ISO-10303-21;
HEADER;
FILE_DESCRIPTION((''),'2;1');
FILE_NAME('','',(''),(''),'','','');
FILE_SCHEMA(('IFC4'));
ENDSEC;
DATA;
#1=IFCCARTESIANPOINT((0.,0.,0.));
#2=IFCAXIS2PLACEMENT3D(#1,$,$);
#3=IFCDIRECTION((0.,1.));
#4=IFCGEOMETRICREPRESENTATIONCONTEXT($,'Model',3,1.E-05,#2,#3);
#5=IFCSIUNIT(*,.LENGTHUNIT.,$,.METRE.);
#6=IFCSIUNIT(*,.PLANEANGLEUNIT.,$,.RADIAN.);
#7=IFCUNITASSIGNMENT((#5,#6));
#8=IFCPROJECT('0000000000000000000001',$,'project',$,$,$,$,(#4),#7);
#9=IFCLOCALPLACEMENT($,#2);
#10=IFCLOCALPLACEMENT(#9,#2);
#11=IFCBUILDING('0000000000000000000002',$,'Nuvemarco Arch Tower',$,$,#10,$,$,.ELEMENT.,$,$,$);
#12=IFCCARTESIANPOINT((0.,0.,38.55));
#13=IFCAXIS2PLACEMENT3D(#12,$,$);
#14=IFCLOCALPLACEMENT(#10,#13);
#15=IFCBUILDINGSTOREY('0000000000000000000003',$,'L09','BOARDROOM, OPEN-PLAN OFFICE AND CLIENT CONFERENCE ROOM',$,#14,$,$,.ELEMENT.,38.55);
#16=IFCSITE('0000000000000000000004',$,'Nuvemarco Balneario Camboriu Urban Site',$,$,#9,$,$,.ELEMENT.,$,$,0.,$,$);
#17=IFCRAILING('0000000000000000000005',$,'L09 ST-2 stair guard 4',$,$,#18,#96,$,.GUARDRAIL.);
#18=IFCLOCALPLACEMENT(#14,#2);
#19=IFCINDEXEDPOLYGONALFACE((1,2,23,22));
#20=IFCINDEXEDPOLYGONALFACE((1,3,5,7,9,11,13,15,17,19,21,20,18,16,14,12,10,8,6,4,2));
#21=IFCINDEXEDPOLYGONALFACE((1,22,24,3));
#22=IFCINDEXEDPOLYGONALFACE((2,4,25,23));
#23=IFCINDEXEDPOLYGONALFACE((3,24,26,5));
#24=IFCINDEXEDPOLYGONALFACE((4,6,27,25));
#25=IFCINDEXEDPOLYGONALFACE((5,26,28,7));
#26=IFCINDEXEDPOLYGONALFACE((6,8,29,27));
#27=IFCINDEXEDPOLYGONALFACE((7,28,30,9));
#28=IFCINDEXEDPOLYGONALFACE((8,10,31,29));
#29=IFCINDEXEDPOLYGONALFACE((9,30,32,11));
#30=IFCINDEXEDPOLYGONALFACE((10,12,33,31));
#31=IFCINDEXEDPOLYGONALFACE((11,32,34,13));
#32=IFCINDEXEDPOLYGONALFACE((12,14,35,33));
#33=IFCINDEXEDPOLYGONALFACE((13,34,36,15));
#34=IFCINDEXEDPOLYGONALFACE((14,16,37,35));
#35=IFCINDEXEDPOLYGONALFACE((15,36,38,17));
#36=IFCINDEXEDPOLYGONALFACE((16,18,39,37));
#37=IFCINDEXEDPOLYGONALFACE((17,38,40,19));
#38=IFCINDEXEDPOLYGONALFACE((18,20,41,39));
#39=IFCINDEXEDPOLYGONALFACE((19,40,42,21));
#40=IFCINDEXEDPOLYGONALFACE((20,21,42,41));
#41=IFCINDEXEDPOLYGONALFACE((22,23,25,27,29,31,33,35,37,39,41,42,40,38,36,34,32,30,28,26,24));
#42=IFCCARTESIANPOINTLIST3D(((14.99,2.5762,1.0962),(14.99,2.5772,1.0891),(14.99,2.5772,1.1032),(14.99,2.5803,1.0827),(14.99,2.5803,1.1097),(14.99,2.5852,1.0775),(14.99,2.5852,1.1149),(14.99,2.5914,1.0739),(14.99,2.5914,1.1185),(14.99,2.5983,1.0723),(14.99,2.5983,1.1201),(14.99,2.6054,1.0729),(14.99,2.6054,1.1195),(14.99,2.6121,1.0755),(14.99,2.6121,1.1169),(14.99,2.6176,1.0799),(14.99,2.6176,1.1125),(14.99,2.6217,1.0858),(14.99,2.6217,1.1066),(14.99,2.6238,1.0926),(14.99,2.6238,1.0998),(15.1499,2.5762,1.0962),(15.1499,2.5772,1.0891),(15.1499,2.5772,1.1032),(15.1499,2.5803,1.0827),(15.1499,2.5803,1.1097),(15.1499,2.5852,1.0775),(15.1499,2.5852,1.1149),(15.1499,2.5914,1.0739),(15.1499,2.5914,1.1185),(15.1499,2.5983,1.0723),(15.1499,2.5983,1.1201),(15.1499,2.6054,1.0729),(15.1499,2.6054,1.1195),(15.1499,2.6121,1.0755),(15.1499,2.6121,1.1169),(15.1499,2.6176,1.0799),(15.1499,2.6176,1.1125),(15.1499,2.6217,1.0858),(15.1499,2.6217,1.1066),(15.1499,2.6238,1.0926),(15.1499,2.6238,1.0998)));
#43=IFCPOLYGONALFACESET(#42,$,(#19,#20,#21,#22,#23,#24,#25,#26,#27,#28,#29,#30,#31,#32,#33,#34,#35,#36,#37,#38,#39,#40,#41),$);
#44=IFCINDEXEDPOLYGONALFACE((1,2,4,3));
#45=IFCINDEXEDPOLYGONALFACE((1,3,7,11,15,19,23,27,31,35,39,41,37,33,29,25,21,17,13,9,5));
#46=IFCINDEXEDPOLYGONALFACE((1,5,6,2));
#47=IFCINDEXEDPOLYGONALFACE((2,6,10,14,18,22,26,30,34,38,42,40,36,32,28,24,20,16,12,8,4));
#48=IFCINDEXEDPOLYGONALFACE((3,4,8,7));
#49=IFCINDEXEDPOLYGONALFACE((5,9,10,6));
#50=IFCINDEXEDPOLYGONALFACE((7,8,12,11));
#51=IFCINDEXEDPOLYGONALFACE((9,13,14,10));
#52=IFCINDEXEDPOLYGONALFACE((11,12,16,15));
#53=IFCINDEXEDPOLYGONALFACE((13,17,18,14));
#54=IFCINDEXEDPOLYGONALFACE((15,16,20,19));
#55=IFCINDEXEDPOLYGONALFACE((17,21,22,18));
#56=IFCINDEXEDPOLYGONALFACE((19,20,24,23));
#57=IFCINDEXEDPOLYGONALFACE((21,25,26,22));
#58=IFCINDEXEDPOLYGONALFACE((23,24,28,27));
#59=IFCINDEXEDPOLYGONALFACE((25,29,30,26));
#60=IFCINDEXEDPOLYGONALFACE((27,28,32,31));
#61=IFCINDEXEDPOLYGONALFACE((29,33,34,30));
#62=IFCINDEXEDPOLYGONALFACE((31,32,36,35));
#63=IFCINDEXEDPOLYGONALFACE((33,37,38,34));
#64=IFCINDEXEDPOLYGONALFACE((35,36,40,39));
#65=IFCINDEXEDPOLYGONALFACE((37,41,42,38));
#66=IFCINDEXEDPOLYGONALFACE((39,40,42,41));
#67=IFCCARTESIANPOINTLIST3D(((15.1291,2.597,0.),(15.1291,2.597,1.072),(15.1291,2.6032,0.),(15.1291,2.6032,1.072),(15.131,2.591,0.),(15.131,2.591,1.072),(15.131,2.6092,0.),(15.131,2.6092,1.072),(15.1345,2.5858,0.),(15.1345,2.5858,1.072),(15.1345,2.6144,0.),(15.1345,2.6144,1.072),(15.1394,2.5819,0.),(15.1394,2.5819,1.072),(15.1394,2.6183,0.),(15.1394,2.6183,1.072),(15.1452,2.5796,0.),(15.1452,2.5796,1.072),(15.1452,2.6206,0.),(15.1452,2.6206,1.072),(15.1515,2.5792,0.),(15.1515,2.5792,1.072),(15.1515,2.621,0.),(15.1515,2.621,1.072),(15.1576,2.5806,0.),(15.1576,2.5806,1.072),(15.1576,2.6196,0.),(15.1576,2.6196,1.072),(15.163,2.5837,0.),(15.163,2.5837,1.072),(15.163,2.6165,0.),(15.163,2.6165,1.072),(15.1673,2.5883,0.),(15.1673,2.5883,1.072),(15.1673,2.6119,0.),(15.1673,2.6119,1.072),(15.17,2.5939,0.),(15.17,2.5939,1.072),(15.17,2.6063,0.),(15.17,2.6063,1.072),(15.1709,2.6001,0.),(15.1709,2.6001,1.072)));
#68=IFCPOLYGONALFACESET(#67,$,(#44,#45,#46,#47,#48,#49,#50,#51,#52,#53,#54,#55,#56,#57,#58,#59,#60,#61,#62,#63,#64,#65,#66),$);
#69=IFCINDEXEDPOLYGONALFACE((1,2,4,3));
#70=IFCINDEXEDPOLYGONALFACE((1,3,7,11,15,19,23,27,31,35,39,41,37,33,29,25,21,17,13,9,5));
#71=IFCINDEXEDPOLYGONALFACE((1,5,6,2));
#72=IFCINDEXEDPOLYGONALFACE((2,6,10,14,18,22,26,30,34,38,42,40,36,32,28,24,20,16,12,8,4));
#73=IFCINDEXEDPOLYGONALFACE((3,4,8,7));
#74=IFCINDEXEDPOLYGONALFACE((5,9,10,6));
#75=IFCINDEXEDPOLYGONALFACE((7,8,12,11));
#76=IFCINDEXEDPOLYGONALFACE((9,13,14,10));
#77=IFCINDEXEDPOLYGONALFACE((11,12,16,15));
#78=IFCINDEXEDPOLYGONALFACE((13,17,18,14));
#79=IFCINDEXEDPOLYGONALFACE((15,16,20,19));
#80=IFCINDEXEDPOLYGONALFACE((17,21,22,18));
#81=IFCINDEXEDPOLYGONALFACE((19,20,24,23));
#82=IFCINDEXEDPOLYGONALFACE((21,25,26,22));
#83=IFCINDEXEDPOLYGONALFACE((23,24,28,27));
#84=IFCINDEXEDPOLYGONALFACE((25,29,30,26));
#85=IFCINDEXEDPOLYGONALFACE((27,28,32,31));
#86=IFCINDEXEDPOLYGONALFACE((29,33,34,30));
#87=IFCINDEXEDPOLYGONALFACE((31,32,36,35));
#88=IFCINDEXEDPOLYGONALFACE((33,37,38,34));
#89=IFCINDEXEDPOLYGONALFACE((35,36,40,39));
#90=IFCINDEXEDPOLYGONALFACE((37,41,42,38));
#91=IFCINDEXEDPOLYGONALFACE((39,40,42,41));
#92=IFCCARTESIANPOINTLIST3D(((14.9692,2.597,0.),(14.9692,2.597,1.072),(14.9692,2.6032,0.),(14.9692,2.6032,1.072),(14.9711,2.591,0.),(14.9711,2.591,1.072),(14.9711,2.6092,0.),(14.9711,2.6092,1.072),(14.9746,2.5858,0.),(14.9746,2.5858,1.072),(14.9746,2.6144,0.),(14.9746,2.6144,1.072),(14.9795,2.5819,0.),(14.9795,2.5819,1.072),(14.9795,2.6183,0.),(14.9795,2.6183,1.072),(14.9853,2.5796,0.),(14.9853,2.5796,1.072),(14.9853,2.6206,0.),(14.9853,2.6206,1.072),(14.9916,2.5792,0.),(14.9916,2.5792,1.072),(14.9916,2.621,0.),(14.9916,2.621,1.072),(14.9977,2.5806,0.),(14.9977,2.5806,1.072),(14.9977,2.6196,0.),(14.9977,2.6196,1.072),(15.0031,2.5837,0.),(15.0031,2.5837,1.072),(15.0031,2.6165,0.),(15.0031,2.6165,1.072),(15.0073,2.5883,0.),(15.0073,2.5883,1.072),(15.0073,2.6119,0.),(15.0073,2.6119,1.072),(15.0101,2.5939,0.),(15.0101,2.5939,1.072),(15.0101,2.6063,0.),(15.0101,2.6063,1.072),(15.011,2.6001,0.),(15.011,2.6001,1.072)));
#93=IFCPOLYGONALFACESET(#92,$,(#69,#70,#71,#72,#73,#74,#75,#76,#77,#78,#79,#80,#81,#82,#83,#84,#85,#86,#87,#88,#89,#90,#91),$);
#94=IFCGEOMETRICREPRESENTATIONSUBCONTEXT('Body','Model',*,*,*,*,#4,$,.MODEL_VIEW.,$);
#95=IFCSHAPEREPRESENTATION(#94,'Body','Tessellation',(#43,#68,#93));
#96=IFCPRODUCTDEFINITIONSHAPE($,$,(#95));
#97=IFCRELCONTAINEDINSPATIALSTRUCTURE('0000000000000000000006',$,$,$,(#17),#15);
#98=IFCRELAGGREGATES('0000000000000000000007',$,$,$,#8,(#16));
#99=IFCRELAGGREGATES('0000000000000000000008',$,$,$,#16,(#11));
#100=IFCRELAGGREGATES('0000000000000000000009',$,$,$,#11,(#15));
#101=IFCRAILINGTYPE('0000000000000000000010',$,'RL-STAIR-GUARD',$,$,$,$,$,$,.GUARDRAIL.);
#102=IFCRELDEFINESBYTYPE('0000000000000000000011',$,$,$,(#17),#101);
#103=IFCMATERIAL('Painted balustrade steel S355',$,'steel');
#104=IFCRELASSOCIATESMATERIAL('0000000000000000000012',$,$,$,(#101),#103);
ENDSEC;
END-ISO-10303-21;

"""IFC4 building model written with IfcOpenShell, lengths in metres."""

from ifc_helpers import new_model, si_unit, direction, frame, origin, origin_2d, place, context, subcontext, project, spatial, circle, extrude, material, type_object, element, save


model = new_model("IFC4")

# Units and contexts
model_context = context("Model", 3, precision=1e-05, world=origin(), true_north=direction((0.0, 1.0)))
body_context = subcontext(model_context, "Body", "Model", "MODEL_VIEW")
ifc_project = project(units=[si_unit("LENGTHUNIT", "METRE"), si_unit("PLANEANGLEUNIT", "RADIAN")], contexts=[model_context])

# Site, building, storey
site_placement = place(None, origin())
site = spatial("IfcSite", under=ifc_project, at=site_placement, Name="Nuvemarco Balneario Camboriu Urban Site", CompositionType="ELEMENT", RefElevation=0.0)
building_placement = place(site_placement, origin())
building = spatial("IfcBuilding", under=site, at=building_placement, Name="Nuvemarco Arch Tower", CompositionType="ELEMENT")
storey_placement = place(building_placement, frame((0.0, 0.0, 38.55)))
storey = spatial("IfcBuildingStorey", under=building, at=storey_placement, Name="L09", Description="BOARDROOM, OPEN-PLAN OFFICE AND CLIENT CONFERENCE ROOM", CompositionType="ELEMENT", Elevation=38.55)

# Railing
ifc_material_1 = material(Name="Painted balustrade steel S355", Category="steel")
railing_type_1 = type_object("IfcRailingType", Name="RL-STAIR-GUARD", PredefinedType="GUARDRAIL", material=ifc_material_1)
railing_1_placement = place(storey_placement, frame((15.1499, 2.6001, 0.0)))
element("IfcRailing", 1, at=railing_1_placement, inside=storey, type_object=railing_type_1, Name="L09 ST-2 stair guard 4", PredefinedType="GUARDRAIL", context=body_context, shape_type="SweptSolid", body=[
    extrude(circle(Radius=0.0239, at=origin_2d()), frame((0.0, 0.0, 1.0962), z_axis=(-1.0, 0.0, 0.0), x_axis=(0.0, -1.0, 0.0)), (0.0, 0.0, 1.0), 0.1599),
    extrude(circle(Radius=0.021, at=origin_2d()), origin(), (0.0, 0.0, 1.0), 1.072),
    extrude(circle(Radius=0.021, at=origin_2d()), frame((-0.1599, 0.0, 0.0)), (0.0, 0.0, 1.0), 1.072),
])

save(model, "model.ifc")
